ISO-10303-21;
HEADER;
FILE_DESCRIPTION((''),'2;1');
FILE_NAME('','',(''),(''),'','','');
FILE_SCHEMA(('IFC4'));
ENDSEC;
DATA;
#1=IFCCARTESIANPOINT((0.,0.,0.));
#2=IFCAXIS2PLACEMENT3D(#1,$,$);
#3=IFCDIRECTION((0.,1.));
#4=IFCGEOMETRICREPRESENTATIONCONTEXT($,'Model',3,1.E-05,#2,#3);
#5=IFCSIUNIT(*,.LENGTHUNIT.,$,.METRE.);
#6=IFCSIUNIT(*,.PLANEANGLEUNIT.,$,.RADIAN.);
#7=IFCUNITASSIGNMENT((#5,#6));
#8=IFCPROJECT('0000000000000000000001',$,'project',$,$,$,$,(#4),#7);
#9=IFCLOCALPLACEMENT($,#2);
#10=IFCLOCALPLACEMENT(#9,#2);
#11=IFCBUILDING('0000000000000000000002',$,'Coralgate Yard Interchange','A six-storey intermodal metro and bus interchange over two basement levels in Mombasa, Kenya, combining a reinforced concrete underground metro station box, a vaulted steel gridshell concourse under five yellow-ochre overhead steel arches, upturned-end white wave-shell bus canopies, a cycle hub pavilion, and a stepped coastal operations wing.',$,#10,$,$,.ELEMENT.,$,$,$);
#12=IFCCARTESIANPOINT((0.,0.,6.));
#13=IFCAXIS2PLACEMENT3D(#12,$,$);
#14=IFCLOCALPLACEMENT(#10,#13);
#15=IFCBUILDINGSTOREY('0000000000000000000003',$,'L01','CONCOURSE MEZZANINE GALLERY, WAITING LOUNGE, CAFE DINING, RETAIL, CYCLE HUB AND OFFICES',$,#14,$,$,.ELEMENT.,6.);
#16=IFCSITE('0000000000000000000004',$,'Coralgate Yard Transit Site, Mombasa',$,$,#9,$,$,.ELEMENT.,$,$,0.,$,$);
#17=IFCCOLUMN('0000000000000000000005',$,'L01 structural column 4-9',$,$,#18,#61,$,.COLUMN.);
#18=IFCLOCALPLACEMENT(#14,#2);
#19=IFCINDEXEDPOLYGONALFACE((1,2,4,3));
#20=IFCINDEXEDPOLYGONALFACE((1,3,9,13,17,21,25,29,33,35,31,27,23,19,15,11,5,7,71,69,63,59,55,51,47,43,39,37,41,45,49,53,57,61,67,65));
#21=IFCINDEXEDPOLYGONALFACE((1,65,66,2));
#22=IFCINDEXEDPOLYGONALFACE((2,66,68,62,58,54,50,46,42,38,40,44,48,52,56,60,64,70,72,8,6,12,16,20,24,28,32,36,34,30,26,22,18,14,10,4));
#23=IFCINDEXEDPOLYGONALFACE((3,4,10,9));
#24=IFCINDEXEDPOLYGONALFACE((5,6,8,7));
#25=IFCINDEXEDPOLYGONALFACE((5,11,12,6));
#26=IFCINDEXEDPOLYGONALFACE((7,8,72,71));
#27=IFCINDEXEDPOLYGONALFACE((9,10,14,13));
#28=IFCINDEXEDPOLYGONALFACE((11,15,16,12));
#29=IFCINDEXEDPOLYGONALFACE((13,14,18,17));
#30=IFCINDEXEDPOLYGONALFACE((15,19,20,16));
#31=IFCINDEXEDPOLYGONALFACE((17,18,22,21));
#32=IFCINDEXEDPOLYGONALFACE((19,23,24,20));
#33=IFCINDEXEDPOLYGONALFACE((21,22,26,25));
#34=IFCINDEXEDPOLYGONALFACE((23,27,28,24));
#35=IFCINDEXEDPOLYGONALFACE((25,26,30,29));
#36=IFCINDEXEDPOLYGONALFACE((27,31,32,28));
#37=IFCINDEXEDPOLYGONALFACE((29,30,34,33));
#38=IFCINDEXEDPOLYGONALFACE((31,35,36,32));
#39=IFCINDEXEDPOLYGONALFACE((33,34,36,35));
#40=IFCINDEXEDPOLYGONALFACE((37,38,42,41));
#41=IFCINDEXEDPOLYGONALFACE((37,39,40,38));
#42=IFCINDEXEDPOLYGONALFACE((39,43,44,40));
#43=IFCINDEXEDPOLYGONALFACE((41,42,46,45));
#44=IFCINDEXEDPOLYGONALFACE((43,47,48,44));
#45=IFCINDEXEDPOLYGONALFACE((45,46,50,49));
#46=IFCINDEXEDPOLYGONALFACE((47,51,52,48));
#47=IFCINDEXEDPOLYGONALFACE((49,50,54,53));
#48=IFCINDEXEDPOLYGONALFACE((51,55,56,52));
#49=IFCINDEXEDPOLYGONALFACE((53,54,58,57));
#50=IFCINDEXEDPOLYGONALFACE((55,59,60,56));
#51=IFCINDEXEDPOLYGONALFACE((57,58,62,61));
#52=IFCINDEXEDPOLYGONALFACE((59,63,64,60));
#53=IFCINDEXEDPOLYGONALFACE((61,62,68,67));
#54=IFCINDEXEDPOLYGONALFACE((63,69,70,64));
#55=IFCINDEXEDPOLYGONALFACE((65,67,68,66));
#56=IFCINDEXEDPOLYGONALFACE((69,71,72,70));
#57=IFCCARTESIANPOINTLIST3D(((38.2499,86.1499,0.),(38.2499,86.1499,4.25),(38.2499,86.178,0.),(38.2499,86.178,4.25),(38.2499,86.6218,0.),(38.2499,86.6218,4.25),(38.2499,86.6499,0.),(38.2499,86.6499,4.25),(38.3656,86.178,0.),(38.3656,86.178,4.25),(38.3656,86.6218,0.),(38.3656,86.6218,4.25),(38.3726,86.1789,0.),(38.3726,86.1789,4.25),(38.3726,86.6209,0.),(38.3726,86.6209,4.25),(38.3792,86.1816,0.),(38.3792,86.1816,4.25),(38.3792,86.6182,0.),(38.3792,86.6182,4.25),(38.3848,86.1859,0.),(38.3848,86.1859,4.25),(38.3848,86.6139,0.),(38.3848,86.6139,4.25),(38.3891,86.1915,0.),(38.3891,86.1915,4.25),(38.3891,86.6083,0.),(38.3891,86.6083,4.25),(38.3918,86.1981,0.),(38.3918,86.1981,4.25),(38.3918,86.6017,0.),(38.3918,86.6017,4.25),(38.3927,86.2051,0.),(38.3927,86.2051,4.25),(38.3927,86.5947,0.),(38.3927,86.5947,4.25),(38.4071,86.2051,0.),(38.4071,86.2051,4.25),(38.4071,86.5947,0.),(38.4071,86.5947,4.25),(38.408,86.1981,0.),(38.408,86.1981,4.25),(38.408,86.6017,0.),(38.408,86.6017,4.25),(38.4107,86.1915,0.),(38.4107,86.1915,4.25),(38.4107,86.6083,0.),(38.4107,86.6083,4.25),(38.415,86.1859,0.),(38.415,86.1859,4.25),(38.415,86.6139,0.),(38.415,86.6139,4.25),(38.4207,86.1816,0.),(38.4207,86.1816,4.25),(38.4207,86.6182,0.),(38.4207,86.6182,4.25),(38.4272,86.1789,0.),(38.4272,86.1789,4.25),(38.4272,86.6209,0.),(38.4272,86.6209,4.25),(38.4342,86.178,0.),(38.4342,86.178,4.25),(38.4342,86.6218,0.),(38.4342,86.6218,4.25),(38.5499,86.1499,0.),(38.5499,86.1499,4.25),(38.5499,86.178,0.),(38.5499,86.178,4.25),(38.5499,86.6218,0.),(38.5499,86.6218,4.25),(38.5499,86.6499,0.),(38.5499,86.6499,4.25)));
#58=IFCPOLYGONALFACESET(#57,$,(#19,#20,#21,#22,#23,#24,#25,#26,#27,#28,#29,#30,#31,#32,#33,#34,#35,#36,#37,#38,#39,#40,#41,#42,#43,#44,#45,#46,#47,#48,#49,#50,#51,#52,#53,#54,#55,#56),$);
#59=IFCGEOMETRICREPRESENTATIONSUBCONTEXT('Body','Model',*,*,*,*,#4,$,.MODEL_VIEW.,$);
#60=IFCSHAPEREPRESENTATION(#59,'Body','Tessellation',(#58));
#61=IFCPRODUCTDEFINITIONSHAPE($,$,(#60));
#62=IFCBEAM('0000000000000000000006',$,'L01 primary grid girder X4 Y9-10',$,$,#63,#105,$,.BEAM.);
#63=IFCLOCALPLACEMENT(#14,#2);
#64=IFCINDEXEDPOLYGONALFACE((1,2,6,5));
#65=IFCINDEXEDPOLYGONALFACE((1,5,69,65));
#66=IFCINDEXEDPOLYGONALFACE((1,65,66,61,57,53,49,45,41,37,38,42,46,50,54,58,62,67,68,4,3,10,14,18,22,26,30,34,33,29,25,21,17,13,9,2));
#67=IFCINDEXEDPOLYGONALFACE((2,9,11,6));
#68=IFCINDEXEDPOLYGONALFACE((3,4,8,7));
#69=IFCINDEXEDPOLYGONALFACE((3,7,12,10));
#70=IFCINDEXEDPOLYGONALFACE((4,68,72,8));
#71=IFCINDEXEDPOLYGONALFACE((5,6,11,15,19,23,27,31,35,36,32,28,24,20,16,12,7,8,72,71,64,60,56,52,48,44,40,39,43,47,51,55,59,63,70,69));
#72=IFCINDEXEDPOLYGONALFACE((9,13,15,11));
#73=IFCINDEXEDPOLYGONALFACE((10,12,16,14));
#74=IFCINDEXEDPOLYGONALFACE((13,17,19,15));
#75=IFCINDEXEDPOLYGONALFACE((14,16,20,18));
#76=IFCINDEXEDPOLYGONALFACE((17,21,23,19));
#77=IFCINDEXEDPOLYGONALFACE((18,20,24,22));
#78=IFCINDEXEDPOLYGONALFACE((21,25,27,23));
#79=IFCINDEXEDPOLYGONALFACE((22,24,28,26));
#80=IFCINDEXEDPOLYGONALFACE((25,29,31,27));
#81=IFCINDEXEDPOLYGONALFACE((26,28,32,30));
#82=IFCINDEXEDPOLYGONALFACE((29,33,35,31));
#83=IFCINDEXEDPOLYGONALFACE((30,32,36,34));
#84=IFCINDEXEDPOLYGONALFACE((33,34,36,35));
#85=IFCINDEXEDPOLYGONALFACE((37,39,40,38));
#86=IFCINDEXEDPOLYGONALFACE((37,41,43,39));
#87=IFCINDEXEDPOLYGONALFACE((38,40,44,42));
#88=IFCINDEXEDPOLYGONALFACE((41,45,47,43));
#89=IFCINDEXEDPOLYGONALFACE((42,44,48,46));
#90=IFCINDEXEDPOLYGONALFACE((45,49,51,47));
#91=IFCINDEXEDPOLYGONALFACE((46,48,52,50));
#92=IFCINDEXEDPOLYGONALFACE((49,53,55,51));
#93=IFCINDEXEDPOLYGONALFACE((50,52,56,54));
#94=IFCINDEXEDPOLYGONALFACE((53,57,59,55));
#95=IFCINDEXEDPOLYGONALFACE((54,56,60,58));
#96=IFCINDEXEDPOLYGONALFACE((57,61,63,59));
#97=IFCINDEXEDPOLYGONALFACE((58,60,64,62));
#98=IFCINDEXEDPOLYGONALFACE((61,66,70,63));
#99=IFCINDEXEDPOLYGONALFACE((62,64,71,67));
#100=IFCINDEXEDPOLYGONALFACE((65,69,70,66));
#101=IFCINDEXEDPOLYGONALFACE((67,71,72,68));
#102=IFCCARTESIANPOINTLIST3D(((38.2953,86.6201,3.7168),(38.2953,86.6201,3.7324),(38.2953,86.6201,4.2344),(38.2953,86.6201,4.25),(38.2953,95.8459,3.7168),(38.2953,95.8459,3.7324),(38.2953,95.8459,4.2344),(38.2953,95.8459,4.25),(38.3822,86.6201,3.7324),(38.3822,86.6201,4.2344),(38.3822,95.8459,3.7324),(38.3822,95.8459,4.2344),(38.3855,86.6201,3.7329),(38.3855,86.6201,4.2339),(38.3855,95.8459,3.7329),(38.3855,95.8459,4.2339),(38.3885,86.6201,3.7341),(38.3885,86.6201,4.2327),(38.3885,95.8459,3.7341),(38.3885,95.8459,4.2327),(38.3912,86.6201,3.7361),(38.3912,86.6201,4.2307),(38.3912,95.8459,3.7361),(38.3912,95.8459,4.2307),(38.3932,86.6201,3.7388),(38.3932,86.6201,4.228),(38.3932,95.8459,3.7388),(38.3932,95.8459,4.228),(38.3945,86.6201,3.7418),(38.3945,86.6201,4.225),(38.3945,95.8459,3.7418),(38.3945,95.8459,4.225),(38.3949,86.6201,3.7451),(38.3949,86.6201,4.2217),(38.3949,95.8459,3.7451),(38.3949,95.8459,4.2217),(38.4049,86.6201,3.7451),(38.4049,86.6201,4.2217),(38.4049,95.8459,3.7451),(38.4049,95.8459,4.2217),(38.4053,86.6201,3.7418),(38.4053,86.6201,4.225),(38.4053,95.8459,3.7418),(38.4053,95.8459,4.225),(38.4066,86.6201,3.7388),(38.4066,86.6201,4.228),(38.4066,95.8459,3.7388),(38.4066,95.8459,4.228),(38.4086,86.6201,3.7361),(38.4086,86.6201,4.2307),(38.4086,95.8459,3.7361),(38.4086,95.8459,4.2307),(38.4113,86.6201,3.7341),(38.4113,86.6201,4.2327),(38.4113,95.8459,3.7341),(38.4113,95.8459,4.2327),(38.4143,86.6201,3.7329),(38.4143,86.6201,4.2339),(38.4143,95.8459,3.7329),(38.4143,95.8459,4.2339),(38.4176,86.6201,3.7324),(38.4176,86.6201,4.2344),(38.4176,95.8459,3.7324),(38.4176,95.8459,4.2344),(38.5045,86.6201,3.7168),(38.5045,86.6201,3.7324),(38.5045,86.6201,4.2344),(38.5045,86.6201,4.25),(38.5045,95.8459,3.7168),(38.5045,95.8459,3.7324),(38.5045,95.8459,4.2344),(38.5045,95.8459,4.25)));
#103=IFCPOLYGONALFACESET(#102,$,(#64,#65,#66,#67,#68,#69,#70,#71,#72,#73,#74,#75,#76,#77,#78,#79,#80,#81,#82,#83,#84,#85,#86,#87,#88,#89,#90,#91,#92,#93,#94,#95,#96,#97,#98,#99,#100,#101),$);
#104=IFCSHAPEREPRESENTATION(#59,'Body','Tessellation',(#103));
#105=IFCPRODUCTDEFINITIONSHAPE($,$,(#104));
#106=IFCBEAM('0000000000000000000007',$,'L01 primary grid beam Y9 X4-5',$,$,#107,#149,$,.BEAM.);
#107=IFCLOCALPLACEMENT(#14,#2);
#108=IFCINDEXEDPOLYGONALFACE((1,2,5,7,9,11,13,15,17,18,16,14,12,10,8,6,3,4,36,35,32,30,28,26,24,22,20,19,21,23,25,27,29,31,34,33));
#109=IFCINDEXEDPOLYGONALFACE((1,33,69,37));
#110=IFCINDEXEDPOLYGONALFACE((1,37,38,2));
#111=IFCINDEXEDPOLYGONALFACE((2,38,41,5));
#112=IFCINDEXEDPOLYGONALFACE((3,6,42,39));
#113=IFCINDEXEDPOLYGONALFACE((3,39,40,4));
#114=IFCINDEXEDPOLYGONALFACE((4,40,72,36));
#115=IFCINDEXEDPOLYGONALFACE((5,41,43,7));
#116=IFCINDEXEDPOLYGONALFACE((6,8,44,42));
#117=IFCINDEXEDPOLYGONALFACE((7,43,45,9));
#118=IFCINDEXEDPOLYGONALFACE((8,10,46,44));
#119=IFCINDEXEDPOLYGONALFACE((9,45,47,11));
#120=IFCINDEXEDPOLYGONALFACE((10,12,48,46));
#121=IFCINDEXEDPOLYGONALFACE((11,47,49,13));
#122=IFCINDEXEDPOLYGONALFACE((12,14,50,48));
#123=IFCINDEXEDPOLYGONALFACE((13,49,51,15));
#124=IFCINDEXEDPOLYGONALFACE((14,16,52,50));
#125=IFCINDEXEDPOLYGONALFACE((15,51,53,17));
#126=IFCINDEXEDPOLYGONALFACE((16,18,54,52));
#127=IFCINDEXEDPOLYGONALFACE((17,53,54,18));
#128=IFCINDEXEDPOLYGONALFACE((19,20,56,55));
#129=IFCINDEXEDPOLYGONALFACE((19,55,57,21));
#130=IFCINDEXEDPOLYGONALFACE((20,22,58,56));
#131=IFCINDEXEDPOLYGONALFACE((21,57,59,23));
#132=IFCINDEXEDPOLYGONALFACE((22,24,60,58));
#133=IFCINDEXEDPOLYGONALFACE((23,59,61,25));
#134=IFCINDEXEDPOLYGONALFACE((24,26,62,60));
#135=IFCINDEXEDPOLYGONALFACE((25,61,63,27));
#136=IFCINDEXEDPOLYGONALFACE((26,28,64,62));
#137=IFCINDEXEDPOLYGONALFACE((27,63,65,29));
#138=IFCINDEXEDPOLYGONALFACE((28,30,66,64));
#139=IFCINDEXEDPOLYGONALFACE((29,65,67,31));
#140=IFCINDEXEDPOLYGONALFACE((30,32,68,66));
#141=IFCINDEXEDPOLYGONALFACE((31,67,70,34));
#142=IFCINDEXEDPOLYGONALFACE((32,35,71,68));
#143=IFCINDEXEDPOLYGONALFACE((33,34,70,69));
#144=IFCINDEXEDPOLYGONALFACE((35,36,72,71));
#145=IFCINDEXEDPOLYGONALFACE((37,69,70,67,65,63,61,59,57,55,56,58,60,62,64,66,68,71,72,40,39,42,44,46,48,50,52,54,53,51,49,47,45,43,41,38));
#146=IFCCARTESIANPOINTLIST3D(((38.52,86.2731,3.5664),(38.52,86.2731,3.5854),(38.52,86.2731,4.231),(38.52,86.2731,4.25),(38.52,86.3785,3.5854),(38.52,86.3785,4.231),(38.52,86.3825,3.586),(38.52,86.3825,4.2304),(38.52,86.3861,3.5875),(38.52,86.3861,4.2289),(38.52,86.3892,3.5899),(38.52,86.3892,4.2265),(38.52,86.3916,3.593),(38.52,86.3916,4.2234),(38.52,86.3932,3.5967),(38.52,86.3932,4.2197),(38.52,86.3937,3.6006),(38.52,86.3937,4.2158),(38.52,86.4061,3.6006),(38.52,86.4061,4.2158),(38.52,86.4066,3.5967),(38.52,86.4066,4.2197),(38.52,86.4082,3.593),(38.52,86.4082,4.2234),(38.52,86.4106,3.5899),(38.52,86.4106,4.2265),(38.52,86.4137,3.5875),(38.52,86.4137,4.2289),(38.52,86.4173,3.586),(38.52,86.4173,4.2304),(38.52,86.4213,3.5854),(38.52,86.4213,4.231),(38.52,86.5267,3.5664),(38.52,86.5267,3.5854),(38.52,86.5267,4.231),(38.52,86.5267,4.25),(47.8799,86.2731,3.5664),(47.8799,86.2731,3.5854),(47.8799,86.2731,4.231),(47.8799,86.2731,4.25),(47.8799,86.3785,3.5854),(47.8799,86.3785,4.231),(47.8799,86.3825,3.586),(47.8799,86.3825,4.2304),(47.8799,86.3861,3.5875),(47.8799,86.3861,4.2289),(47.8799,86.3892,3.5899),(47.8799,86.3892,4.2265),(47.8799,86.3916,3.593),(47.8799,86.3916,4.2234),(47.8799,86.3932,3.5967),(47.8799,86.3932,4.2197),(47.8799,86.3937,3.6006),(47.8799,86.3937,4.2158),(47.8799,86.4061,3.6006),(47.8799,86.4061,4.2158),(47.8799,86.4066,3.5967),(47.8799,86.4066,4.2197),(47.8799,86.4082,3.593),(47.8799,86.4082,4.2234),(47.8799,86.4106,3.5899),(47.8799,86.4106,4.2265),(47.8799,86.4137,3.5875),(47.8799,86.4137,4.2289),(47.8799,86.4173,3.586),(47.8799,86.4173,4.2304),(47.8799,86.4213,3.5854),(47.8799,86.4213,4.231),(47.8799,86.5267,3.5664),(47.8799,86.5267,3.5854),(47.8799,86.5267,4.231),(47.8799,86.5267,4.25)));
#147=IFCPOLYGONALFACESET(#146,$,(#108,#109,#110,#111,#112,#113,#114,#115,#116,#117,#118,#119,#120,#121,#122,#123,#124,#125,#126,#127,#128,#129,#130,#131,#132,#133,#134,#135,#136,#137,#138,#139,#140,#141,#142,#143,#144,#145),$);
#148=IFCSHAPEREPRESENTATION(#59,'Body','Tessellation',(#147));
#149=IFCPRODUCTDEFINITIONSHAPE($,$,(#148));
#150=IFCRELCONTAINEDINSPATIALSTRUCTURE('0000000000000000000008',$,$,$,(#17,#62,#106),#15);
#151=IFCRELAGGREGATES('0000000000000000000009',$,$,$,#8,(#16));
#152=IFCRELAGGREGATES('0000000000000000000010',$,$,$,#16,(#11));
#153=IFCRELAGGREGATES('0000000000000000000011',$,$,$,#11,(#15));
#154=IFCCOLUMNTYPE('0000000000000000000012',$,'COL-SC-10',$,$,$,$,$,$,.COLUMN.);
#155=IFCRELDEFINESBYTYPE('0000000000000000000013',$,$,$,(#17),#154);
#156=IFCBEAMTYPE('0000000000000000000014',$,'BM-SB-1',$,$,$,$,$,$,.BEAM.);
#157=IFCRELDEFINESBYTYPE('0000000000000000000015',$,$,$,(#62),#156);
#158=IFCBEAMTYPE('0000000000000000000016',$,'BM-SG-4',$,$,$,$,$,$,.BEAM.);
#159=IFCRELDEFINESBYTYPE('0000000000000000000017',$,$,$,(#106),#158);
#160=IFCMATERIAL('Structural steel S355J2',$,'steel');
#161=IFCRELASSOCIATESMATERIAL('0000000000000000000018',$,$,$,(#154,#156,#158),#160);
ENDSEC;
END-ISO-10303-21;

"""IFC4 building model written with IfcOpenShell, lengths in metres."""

from ifc_helpers import new_model, si_unit, direction, frame, origin, origin_2d, place, context, subcontext, project, spatial, i_section, extrude, material, material_profile, profile_set, type_object, element, save


model = new_model("IFC4")

# Units and contexts
model_context = context("Model", 3, precision=1e-05, world=origin(), true_north=direction((0.0, 1.0)))
body_context = subcontext(model_context, "Body", "Model", "MODEL_VIEW")
ifc_project = project(units=[si_unit("LENGTHUNIT", "METRE"), si_unit("PLANEANGLEUNIT", "RADIAN")], contexts=[model_context])

# Site, building, storey
site_placement = place(None, origin())
site = spatial("IfcSite", under=ifc_project, at=site_placement, Name="Coralgate Yard Transit Site, Mombasa", CompositionType="ELEMENT", RefElevation=0.0)
building_placement = place(site_placement, origin())
building = spatial("IfcBuilding", under=site, at=building_placement, Name="Coralgate Yard Interchange", Description="A six-storey intermodal metro and bus interchange over two basement levels in Mombasa, Kenya, combining a reinforced concrete underground metro station box, a vaulted steel gridshell concourse under five yellow-ochre overhead steel arches, upturned-end white wave-shell bus canopies, a cycle hub pavilion, and a stepped coastal operations wing.", CompositionType="ELEMENT")
storey_placement = place(building_placement, frame((0.0, 0.0, 6.0)))
storey = spatial("IfcBuildingStorey", under=building, at=storey_placement, Name="L01", Description="CONCOURSE MEZZANINE GALLERY, WAITING LOUNGE, CAFE DINING, RETAIL, CYCLE HUB AND OFFICES", CompositionType="ELEMENT", Elevation=6.0)

# Column
ifc_material_1 = material(Name="Structural steel S355J2", Category="steel")
ifc_material_profile_1 = material_profile(ifc_material_1, i_section(OverallWidth=0.3, OverallDepth=0.5, WebThickness=0.0144, FlangeThickness=0.0281, FilletRadius=0.0271, at=origin_2d()), Name="HEB 500")
ifc_profile_set_1 = profile_set([ifc_material_profile_1], Name="Structural steel S355J2")
column_type = type_object("IfcColumnType", Name="COL-SC-10", PredefinedType="COLUMN", material=ifc_profile_set_1)
column_placement = place(storey_placement, frame((38.3999, 86.3999, 0.0), z_axis=(0.0, 0.0, 1.0), x_axis=(1.0, 0.0, 0.0)))
element("IfcColumn", 1, at=column_placement, inside=storey, type_object=column_type, Name="L01 structural column 4-9", PredefinedType="COLUMN", context=body_context, shape_type="SweptSolid", body=[
    extrude(i_section(OverallWidth=0.3, OverallDepth=0.5, WebThickness=0.0144, FlangeThickness=0.0281, FilletRadius=0.0271, at=origin_2d()), origin(), (0.0, 0.0, 1.0), 4.25),
])

# Beams
ifc_material_profile_2 = material_profile(ifc_material_1, i_section(OverallWidth=0.2092, OverallDepth=0.5332, WebThickness=0.01, FlangeThickness=0.0156, FilletRadius=0.0127, at=origin_2d()), Name="UB 533x210x92")
ifc_profile_set_2 = profile_set([ifc_material_profile_2], Name="Structural steel S355J2")
beam_type_1 = type_object("IfcBeamType", Name="BM-SB-1", PredefinedType="BEAM", material=ifc_profile_set_2)
beam_1_placement = place(storey_placement, frame((38.3999, 86.6201, 3.9834), z_axis=(0.0, 1.0, 0.0), x_axis=(-1.0, 0.0, 0.0)))
element("IfcBeam", 2, at=beam_1_placement, inside=storey, type_object=beam_type_1, Name="L01 primary grid girder X4 Y9-10", PredefinedType="BEAM", context=body_context, shape_type="SweptSolid", body=[
    extrude(i_section(OverallWidth=0.2092, OverallDepth=0.5332, WebThickness=0.01, FlangeThickness=0.0156, FilletRadius=0.0127, at=origin_2d()), origin(), (0.0, 0.0, 1.0), 9.2258),
])
ifc_material_profile_3 = material_profile(ifc_material_1, i_section(OverallWidth=0.2537, OverallDepth=0.6836, WebThickness=0.0125, FlangeThickness=0.019, FilletRadius=0.0151, at=origin_2d()), Name="UB 686x254x140")
ifc_profile_set_3 = profile_set([ifc_material_profile_3], Name="Structural steel S355J2")
beam_type_2 = type_object("IfcBeamType", Name="BM-SG-4", PredefinedType="BEAM", material=ifc_profile_set_3)
beam_2_placement = place(storey_placement, frame((38.52, 86.3999, 3.9082), z_axis=(1.0, 0.0, 0.0), x_axis=(0.0, 1.0, 0.0)))
element("IfcBeam", 3, at=beam_2_placement, inside=storey, type_object=beam_type_2, Name="L01 primary grid beam Y9 X4-5", PredefinedType="BEAM", context=body_context, shape_type="SweptSolid", body=[
    extrude(i_section(OverallWidth=0.2537, OverallDepth=0.6836, WebThickness=0.0125, FlangeThickness=0.019, FilletRadius=0.0151, at=origin_2d()), origin(), (0.0, 0.0, 1.0), 9.3599),
])

save(model, "model.ifc")
